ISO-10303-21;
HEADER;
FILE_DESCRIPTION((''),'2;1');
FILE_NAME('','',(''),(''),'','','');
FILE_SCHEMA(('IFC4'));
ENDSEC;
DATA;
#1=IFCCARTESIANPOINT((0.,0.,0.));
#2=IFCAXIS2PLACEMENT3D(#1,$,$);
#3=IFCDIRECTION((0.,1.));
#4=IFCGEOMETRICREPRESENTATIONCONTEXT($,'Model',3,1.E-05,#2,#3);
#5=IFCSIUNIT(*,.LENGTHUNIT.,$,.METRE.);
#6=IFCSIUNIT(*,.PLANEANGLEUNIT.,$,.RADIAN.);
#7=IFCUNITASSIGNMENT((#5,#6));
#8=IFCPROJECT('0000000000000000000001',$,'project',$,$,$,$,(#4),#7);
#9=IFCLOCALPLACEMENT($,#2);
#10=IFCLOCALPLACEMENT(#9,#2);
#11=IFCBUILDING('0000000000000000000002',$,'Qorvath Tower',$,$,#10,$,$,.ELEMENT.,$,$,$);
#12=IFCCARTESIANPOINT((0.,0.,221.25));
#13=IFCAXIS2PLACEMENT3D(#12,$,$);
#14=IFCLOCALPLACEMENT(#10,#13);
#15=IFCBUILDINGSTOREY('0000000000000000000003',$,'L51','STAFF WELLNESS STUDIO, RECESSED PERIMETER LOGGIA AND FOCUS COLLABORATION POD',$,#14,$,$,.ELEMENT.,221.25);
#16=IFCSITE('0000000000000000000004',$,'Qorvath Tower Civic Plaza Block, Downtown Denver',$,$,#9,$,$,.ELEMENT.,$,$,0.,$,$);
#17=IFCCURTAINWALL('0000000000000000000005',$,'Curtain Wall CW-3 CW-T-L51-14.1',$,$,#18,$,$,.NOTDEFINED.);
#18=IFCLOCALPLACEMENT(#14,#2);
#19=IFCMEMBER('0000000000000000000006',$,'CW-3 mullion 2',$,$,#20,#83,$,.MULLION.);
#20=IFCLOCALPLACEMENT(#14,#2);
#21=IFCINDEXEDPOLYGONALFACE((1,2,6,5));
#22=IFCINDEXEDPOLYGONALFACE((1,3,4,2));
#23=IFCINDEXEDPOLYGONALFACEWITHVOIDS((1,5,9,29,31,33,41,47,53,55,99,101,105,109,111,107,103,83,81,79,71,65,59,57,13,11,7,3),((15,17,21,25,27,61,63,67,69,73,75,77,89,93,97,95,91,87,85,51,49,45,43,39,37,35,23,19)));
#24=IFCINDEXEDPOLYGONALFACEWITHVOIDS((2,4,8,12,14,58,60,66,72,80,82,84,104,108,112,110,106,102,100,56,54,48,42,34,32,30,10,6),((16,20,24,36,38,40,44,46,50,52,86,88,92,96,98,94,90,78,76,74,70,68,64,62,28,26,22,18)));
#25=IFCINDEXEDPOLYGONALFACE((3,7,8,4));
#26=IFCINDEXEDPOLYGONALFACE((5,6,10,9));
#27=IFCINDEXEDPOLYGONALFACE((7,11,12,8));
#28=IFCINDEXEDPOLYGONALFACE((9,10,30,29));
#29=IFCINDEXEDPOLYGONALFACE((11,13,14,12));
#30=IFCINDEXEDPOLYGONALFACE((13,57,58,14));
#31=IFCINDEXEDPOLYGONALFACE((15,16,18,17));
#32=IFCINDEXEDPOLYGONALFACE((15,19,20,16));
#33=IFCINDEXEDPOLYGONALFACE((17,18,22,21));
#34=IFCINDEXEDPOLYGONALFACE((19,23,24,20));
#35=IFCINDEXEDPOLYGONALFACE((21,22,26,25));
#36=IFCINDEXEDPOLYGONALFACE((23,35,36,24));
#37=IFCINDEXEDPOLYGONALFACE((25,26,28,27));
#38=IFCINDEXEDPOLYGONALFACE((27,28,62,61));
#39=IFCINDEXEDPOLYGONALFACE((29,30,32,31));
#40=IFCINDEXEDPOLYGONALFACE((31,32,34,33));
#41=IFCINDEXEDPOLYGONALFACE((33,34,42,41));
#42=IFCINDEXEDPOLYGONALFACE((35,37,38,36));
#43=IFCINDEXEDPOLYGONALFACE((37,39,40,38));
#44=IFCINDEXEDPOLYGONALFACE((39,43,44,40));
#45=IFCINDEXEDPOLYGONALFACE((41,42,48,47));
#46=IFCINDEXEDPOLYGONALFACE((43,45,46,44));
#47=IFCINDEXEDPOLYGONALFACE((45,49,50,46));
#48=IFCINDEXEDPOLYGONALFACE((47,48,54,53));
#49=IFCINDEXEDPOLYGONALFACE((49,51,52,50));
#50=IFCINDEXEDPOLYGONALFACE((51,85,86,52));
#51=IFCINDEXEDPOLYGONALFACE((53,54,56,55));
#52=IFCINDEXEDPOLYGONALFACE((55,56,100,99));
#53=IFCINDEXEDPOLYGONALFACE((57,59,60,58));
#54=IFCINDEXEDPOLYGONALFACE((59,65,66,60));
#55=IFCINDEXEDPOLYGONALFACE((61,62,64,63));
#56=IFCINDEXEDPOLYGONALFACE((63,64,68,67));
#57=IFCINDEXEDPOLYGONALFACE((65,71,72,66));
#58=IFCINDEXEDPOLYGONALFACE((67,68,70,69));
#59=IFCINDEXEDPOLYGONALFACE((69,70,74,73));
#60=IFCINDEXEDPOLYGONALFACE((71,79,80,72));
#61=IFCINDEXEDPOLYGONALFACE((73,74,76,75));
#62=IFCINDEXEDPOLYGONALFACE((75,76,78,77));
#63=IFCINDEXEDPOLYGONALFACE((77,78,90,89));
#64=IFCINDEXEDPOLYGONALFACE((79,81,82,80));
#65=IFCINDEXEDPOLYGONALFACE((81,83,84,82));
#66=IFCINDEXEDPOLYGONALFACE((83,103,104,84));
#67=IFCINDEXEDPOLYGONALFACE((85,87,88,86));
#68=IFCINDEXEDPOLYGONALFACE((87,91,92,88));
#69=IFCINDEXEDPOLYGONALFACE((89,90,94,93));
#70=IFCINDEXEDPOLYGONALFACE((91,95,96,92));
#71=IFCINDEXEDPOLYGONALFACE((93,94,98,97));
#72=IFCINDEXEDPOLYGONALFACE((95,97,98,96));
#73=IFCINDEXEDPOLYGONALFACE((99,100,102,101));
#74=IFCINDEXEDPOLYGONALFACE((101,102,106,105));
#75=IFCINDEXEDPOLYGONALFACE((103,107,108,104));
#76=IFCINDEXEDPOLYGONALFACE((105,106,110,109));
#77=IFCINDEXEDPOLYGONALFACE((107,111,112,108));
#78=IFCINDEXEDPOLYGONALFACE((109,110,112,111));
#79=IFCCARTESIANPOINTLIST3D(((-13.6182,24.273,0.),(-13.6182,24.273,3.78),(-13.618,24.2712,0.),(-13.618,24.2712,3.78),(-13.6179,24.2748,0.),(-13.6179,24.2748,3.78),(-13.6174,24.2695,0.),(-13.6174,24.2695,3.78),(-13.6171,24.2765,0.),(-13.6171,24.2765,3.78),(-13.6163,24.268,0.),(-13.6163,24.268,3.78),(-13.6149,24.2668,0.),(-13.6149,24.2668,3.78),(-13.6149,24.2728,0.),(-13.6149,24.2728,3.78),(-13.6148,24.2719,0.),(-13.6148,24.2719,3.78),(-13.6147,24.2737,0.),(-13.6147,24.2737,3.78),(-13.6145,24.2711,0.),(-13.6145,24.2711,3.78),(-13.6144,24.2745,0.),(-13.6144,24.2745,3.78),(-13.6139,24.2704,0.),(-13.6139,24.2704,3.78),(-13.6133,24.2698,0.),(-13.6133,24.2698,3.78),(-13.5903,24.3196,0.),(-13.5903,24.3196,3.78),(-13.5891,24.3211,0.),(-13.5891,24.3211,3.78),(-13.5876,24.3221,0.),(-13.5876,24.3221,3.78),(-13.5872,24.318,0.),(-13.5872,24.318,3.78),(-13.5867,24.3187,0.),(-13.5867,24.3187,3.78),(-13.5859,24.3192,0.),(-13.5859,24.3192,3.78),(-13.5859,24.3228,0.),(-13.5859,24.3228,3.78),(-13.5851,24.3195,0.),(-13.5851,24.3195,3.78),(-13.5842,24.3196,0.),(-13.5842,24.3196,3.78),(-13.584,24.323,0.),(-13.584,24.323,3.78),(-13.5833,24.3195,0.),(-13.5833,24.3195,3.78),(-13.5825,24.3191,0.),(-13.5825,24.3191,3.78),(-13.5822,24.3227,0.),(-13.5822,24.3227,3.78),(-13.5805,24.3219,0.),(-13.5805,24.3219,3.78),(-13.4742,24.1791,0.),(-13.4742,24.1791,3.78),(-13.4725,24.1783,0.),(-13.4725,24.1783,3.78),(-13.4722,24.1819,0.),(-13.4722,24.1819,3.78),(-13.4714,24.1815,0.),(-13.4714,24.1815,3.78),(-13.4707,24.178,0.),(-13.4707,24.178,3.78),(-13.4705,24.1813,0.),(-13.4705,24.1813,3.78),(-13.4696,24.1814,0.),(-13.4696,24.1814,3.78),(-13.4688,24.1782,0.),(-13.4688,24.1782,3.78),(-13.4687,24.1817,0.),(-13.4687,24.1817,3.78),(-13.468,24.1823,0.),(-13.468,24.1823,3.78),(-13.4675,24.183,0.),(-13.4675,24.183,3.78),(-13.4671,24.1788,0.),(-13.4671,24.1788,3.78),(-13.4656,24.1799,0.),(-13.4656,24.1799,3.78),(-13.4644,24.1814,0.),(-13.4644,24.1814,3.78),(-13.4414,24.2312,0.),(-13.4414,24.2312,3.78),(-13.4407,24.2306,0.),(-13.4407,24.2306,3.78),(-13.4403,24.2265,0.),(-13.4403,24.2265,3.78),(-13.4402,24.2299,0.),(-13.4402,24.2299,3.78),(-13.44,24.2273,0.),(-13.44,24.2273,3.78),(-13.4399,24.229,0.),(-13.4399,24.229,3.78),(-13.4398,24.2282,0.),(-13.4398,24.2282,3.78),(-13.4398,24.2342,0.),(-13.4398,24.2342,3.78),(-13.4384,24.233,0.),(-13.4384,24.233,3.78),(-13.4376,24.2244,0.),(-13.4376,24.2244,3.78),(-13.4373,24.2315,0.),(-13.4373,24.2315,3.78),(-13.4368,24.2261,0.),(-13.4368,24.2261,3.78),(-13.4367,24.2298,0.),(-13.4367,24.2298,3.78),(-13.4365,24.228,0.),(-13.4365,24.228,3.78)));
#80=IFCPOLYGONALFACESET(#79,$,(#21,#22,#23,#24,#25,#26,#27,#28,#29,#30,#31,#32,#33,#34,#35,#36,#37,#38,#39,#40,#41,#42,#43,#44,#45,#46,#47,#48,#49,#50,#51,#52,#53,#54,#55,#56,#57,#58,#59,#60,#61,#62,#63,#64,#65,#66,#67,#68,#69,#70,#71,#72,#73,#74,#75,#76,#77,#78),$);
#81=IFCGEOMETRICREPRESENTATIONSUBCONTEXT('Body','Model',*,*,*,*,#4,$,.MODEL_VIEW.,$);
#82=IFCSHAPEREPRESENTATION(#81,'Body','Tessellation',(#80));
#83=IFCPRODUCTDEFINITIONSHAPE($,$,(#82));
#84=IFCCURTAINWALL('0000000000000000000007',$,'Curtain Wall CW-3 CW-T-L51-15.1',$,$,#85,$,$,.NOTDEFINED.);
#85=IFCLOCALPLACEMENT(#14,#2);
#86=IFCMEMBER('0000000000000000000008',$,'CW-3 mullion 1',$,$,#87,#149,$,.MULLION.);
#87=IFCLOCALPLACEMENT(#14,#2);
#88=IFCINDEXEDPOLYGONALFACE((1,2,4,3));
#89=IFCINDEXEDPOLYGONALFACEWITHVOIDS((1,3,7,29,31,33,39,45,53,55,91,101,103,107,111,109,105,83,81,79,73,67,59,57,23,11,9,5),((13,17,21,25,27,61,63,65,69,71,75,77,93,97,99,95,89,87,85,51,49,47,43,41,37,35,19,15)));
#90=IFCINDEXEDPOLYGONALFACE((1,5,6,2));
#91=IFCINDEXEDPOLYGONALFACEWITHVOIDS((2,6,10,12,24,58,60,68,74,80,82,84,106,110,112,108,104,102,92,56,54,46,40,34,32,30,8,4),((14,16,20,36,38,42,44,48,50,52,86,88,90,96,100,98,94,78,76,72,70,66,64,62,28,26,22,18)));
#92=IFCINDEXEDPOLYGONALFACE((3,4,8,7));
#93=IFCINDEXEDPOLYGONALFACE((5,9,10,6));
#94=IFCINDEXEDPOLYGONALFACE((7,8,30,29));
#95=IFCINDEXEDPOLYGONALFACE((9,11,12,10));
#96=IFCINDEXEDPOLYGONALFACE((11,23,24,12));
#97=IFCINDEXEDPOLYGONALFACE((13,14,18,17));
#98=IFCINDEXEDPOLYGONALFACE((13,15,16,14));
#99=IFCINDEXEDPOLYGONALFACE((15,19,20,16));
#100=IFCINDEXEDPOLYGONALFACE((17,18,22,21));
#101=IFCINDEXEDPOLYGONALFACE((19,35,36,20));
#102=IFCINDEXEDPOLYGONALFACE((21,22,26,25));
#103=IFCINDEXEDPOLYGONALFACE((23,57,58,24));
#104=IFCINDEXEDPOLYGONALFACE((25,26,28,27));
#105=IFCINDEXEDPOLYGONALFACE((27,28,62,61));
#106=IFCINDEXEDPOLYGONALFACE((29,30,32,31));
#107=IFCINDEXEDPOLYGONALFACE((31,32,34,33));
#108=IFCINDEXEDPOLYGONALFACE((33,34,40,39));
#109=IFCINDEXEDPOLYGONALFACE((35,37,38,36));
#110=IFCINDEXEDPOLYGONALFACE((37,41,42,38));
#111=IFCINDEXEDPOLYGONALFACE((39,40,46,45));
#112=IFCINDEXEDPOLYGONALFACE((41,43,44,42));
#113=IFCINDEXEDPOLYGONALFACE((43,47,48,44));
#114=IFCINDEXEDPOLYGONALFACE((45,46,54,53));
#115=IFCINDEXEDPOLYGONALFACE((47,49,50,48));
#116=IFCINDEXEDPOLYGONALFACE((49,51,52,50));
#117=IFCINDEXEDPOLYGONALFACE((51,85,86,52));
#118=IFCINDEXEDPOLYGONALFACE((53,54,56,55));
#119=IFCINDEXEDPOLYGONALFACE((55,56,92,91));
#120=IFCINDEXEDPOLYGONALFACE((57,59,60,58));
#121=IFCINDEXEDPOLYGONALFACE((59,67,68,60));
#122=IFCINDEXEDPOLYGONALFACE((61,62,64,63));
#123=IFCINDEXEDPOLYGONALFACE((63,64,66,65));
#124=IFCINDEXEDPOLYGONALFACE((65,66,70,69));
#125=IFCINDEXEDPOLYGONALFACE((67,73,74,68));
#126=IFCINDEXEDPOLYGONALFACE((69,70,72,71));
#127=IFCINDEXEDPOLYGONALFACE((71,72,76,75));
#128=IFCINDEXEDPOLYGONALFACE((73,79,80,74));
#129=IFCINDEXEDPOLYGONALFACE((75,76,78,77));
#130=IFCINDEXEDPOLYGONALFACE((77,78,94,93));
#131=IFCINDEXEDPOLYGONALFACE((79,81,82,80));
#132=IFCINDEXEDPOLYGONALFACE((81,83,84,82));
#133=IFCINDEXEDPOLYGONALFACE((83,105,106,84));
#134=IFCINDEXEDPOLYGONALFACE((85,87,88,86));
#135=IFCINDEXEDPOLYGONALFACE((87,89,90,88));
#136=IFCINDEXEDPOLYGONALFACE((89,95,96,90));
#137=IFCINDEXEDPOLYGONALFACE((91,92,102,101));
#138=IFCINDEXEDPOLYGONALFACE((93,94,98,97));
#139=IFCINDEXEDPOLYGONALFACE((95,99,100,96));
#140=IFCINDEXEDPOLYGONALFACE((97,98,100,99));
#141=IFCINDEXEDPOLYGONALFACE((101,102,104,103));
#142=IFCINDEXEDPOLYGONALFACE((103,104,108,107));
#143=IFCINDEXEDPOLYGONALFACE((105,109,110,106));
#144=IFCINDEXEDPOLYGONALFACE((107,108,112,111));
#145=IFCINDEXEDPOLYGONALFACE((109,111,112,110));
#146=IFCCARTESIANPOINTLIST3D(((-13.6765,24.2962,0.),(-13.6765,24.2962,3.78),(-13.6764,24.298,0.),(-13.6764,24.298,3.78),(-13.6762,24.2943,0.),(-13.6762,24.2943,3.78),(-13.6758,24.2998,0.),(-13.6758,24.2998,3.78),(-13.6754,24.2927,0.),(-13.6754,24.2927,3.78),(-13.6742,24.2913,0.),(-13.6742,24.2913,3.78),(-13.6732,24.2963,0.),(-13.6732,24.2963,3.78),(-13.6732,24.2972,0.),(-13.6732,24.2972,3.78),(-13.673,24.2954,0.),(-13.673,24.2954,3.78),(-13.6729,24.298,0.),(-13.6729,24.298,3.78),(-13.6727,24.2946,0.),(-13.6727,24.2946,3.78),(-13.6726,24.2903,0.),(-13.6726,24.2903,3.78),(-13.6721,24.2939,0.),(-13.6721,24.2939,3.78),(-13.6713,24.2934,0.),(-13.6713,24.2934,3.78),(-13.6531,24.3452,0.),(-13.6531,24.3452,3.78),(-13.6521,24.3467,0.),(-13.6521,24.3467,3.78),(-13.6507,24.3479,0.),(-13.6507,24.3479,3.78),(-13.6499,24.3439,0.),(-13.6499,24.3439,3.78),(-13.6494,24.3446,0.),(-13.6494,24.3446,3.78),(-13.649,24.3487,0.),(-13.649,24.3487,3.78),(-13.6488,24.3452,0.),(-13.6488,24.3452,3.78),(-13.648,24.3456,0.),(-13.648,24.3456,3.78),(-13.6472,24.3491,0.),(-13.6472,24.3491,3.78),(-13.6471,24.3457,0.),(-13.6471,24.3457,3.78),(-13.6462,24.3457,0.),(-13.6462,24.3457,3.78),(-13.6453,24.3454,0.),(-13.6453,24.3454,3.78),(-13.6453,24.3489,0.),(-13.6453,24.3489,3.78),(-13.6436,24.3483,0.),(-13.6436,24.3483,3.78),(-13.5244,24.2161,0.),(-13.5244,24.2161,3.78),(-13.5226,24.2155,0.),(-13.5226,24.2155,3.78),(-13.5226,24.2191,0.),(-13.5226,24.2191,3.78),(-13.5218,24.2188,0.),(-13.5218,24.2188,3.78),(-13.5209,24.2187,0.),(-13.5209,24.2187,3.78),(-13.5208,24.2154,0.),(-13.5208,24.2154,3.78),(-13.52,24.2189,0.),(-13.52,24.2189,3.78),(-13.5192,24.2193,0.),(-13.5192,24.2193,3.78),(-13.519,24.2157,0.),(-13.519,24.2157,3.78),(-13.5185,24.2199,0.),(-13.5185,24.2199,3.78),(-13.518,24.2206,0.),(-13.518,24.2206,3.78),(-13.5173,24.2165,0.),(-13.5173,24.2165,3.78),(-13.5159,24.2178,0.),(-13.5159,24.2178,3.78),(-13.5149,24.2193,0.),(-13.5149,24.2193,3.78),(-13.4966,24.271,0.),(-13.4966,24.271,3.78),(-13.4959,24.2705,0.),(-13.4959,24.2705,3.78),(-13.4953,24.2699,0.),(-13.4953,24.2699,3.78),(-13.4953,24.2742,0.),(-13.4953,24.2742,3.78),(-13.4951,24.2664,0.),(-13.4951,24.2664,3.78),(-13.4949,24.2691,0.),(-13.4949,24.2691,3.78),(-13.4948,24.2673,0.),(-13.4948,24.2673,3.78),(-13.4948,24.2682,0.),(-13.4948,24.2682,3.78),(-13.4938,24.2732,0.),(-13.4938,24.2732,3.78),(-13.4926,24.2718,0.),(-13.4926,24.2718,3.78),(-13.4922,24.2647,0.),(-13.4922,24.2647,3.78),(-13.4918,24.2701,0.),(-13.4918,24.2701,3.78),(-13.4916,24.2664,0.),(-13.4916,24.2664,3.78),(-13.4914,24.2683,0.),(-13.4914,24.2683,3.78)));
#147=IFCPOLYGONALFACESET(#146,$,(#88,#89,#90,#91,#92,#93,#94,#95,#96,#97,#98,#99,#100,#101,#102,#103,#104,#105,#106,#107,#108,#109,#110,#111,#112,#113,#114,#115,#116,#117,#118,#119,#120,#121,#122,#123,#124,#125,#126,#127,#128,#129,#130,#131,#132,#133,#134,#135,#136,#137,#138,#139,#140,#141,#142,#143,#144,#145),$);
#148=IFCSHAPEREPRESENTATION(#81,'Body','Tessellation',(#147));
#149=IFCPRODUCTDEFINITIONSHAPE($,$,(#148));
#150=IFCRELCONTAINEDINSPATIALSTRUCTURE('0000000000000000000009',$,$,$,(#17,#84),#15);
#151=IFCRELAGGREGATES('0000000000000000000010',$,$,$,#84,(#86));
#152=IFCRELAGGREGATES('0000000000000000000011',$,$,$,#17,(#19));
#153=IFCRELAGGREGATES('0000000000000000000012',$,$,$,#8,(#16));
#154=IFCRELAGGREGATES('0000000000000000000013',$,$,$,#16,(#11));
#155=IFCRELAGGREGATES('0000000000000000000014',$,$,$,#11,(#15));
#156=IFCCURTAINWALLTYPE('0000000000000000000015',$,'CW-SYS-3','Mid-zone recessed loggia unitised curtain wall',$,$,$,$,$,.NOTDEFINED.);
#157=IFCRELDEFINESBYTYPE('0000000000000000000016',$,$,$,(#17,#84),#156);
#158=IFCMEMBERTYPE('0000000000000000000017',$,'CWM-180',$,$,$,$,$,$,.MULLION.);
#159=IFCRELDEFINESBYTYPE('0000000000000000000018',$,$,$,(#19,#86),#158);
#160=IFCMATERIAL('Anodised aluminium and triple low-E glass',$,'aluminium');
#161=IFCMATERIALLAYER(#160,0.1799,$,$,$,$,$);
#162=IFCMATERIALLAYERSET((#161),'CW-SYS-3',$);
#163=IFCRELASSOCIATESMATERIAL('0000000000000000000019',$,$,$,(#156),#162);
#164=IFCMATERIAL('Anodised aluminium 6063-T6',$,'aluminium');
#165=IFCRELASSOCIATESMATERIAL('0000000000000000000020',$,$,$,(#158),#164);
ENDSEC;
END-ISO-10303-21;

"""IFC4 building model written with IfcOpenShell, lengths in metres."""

from ifc_helpers import new_model, si_unit, direction, frame, origin, origin_2d, place, context, subcontext, project, spatial, hollow_rectangle, extrude, material, layer, layer_set, material_profile, profile_set, type_object, element, aggregate, save


model = new_model("IFC4")

# Units and contexts
model_context = context("Model", 3, precision=1e-05, world=origin(), true_north=direction((0.0, 1.0)))
body_context = subcontext(model_context, "Body", "Model", "MODEL_VIEW")
ifc_project = project(units=[si_unit("LENGTHUNIT", "METRE"), si_unit("PLANEANGLEUNIT", "RADIAN")], contexts=[model_context])

# Site, building, storey
site_placement = place(None, origin())
site = spatial("IfcSite", under=ifc_project, at=site_placement, Name="Qorvath Tower Civic Plaza Block, Downtown Denver", CompositionType="ELEMENT", RefElevation=0.0)
building_placement = place(site_placement, origin())
building = spatial("IfcBuilding", under=site, at=building_placement, Name="Qorvath Tower", CompositionType="ELEMENT")
storey_placement = place(building_placement, frame((0.0, 0.0, 221.25)))
storey = spatial("IfcBuildingStorey", under=building, at=storey_placement, Name="L51", Description="STAFF WELLNESS STUDIO, RECESSED PERIMETER LOGGIA AND FOCUS COLLABORATION POD", CompositionType="ELEMENT", Elevation=221.25)

# Shared definitions
ifc_material_1 = material(Name="Anodised aluminium and triple low-E glass", Category="aluminium")
ifc_layer_1 = layer(ifc_material_1, 0.1799)
ifc_layer_set_1 = layer_set([ifc_layer_1], Name="CW-SYS-3")
curtain_wall_type = type_object("IfcCurtainWallType", Name="CW-SYS-3", Description="Mid-zone recessed loggia unitised curtain wall", PredefinedType="NOTDEFINED", material=ifc_layer_set_1)
ifc_material_2 = material(Name="Anodised aluminium 6063-T6", Category="aluminium")
ifc_material_profile_1 = material_profile(ifc_material_2, hollow_rectangle(XDim=0.0649, YDim=0.1799, WallThickness=0.0034, InnerFilletRadius=0.0034, OuterFilletRadius=0.0071, at=origin_2d()), Name="CWM 180x65")
ifc_profile_set_1 = profile_set([ifc_material_profile_1], Name="Anodised aluminium 6063-T6")
member_type_1 = type_object("IfcMemberType", Name="CWM-180", PredefinedType="MULLION", material=ifc_profile_set_1)

# Curtain wall, member
curtain_wall_1_placement = place(storey_placement, origin())
curtain_wall_1 = element("IfcCurtainWall", 1, at=curtain_wall_1_placement, inside=storey, type_object=curtain_wall_type, Name="Curtain Wall CW-3 CW-T-L51-14.1", PredefinedType="NOTDEFINED")
member_1_placement = place(storey_placement, frame((-13.5273, 24.2505, 0.0), z_axis=(0.0, 0.0, 1.0), x_axis=(-0.528982, -0.848633, 0.0)))
member_1 = element("IfcMember", 2, at=member_1_placement, type_object=member_type_1, Name="CW-3 mullion 2", PredefinedType="MULLION", context=body_context, shape_type="SweptSolid", body=[
    extrude(hollow_rectangle(XDim=0.0649, YDim=0.1799, WallThickness=0.0034, InnerFilletRadius=0.0034, OuterFilletRadius=0.0071, at=origin_2d()), origin(), (0.0, 0.0, 1.0), 3.78),
])

# Curtain wall, member
curtain_wall_2_placement = place(storey_placement, origin())
curtain_wall_2 = element("IfcCurtainWall", 3, at=curtain_wall_2_placement, inside=storey, type_object=curtain_wall_type, Name="Curtain Wall CW-3 CW-T-L51-15.1", PredefinedType="NOTDEFINED")
member_2_placement = place(storey_placement, frame((-13.584, 24.2822, 0.0), z_axis=(0.0, 0.0, 1.0), x_axis=(-0.447223, -0.894422, 0.0)))
member_2 = element("IfcMember", 4, at=member_2_placement, type_object=member_type_1, Name="CW-3 mullion 1", PredefinedType="MULLION", context=body_context, shape_type="SweptSolid", body=[
    extrude(hollow_rectangle(XDim=0.0649, YDim=0.1799, WallThickness=0.0034, InnerFilletRadius=0.0034, OuterFilletRadius=0.0071, at=origin_2d()), origin(), (0.0, 0.0, 1.0), 3.78),
])
aggregate(curtain_wall_2, [member_2])

aggregate(curtain_wall_1, [member_1])

save(model, "model.ifc")
